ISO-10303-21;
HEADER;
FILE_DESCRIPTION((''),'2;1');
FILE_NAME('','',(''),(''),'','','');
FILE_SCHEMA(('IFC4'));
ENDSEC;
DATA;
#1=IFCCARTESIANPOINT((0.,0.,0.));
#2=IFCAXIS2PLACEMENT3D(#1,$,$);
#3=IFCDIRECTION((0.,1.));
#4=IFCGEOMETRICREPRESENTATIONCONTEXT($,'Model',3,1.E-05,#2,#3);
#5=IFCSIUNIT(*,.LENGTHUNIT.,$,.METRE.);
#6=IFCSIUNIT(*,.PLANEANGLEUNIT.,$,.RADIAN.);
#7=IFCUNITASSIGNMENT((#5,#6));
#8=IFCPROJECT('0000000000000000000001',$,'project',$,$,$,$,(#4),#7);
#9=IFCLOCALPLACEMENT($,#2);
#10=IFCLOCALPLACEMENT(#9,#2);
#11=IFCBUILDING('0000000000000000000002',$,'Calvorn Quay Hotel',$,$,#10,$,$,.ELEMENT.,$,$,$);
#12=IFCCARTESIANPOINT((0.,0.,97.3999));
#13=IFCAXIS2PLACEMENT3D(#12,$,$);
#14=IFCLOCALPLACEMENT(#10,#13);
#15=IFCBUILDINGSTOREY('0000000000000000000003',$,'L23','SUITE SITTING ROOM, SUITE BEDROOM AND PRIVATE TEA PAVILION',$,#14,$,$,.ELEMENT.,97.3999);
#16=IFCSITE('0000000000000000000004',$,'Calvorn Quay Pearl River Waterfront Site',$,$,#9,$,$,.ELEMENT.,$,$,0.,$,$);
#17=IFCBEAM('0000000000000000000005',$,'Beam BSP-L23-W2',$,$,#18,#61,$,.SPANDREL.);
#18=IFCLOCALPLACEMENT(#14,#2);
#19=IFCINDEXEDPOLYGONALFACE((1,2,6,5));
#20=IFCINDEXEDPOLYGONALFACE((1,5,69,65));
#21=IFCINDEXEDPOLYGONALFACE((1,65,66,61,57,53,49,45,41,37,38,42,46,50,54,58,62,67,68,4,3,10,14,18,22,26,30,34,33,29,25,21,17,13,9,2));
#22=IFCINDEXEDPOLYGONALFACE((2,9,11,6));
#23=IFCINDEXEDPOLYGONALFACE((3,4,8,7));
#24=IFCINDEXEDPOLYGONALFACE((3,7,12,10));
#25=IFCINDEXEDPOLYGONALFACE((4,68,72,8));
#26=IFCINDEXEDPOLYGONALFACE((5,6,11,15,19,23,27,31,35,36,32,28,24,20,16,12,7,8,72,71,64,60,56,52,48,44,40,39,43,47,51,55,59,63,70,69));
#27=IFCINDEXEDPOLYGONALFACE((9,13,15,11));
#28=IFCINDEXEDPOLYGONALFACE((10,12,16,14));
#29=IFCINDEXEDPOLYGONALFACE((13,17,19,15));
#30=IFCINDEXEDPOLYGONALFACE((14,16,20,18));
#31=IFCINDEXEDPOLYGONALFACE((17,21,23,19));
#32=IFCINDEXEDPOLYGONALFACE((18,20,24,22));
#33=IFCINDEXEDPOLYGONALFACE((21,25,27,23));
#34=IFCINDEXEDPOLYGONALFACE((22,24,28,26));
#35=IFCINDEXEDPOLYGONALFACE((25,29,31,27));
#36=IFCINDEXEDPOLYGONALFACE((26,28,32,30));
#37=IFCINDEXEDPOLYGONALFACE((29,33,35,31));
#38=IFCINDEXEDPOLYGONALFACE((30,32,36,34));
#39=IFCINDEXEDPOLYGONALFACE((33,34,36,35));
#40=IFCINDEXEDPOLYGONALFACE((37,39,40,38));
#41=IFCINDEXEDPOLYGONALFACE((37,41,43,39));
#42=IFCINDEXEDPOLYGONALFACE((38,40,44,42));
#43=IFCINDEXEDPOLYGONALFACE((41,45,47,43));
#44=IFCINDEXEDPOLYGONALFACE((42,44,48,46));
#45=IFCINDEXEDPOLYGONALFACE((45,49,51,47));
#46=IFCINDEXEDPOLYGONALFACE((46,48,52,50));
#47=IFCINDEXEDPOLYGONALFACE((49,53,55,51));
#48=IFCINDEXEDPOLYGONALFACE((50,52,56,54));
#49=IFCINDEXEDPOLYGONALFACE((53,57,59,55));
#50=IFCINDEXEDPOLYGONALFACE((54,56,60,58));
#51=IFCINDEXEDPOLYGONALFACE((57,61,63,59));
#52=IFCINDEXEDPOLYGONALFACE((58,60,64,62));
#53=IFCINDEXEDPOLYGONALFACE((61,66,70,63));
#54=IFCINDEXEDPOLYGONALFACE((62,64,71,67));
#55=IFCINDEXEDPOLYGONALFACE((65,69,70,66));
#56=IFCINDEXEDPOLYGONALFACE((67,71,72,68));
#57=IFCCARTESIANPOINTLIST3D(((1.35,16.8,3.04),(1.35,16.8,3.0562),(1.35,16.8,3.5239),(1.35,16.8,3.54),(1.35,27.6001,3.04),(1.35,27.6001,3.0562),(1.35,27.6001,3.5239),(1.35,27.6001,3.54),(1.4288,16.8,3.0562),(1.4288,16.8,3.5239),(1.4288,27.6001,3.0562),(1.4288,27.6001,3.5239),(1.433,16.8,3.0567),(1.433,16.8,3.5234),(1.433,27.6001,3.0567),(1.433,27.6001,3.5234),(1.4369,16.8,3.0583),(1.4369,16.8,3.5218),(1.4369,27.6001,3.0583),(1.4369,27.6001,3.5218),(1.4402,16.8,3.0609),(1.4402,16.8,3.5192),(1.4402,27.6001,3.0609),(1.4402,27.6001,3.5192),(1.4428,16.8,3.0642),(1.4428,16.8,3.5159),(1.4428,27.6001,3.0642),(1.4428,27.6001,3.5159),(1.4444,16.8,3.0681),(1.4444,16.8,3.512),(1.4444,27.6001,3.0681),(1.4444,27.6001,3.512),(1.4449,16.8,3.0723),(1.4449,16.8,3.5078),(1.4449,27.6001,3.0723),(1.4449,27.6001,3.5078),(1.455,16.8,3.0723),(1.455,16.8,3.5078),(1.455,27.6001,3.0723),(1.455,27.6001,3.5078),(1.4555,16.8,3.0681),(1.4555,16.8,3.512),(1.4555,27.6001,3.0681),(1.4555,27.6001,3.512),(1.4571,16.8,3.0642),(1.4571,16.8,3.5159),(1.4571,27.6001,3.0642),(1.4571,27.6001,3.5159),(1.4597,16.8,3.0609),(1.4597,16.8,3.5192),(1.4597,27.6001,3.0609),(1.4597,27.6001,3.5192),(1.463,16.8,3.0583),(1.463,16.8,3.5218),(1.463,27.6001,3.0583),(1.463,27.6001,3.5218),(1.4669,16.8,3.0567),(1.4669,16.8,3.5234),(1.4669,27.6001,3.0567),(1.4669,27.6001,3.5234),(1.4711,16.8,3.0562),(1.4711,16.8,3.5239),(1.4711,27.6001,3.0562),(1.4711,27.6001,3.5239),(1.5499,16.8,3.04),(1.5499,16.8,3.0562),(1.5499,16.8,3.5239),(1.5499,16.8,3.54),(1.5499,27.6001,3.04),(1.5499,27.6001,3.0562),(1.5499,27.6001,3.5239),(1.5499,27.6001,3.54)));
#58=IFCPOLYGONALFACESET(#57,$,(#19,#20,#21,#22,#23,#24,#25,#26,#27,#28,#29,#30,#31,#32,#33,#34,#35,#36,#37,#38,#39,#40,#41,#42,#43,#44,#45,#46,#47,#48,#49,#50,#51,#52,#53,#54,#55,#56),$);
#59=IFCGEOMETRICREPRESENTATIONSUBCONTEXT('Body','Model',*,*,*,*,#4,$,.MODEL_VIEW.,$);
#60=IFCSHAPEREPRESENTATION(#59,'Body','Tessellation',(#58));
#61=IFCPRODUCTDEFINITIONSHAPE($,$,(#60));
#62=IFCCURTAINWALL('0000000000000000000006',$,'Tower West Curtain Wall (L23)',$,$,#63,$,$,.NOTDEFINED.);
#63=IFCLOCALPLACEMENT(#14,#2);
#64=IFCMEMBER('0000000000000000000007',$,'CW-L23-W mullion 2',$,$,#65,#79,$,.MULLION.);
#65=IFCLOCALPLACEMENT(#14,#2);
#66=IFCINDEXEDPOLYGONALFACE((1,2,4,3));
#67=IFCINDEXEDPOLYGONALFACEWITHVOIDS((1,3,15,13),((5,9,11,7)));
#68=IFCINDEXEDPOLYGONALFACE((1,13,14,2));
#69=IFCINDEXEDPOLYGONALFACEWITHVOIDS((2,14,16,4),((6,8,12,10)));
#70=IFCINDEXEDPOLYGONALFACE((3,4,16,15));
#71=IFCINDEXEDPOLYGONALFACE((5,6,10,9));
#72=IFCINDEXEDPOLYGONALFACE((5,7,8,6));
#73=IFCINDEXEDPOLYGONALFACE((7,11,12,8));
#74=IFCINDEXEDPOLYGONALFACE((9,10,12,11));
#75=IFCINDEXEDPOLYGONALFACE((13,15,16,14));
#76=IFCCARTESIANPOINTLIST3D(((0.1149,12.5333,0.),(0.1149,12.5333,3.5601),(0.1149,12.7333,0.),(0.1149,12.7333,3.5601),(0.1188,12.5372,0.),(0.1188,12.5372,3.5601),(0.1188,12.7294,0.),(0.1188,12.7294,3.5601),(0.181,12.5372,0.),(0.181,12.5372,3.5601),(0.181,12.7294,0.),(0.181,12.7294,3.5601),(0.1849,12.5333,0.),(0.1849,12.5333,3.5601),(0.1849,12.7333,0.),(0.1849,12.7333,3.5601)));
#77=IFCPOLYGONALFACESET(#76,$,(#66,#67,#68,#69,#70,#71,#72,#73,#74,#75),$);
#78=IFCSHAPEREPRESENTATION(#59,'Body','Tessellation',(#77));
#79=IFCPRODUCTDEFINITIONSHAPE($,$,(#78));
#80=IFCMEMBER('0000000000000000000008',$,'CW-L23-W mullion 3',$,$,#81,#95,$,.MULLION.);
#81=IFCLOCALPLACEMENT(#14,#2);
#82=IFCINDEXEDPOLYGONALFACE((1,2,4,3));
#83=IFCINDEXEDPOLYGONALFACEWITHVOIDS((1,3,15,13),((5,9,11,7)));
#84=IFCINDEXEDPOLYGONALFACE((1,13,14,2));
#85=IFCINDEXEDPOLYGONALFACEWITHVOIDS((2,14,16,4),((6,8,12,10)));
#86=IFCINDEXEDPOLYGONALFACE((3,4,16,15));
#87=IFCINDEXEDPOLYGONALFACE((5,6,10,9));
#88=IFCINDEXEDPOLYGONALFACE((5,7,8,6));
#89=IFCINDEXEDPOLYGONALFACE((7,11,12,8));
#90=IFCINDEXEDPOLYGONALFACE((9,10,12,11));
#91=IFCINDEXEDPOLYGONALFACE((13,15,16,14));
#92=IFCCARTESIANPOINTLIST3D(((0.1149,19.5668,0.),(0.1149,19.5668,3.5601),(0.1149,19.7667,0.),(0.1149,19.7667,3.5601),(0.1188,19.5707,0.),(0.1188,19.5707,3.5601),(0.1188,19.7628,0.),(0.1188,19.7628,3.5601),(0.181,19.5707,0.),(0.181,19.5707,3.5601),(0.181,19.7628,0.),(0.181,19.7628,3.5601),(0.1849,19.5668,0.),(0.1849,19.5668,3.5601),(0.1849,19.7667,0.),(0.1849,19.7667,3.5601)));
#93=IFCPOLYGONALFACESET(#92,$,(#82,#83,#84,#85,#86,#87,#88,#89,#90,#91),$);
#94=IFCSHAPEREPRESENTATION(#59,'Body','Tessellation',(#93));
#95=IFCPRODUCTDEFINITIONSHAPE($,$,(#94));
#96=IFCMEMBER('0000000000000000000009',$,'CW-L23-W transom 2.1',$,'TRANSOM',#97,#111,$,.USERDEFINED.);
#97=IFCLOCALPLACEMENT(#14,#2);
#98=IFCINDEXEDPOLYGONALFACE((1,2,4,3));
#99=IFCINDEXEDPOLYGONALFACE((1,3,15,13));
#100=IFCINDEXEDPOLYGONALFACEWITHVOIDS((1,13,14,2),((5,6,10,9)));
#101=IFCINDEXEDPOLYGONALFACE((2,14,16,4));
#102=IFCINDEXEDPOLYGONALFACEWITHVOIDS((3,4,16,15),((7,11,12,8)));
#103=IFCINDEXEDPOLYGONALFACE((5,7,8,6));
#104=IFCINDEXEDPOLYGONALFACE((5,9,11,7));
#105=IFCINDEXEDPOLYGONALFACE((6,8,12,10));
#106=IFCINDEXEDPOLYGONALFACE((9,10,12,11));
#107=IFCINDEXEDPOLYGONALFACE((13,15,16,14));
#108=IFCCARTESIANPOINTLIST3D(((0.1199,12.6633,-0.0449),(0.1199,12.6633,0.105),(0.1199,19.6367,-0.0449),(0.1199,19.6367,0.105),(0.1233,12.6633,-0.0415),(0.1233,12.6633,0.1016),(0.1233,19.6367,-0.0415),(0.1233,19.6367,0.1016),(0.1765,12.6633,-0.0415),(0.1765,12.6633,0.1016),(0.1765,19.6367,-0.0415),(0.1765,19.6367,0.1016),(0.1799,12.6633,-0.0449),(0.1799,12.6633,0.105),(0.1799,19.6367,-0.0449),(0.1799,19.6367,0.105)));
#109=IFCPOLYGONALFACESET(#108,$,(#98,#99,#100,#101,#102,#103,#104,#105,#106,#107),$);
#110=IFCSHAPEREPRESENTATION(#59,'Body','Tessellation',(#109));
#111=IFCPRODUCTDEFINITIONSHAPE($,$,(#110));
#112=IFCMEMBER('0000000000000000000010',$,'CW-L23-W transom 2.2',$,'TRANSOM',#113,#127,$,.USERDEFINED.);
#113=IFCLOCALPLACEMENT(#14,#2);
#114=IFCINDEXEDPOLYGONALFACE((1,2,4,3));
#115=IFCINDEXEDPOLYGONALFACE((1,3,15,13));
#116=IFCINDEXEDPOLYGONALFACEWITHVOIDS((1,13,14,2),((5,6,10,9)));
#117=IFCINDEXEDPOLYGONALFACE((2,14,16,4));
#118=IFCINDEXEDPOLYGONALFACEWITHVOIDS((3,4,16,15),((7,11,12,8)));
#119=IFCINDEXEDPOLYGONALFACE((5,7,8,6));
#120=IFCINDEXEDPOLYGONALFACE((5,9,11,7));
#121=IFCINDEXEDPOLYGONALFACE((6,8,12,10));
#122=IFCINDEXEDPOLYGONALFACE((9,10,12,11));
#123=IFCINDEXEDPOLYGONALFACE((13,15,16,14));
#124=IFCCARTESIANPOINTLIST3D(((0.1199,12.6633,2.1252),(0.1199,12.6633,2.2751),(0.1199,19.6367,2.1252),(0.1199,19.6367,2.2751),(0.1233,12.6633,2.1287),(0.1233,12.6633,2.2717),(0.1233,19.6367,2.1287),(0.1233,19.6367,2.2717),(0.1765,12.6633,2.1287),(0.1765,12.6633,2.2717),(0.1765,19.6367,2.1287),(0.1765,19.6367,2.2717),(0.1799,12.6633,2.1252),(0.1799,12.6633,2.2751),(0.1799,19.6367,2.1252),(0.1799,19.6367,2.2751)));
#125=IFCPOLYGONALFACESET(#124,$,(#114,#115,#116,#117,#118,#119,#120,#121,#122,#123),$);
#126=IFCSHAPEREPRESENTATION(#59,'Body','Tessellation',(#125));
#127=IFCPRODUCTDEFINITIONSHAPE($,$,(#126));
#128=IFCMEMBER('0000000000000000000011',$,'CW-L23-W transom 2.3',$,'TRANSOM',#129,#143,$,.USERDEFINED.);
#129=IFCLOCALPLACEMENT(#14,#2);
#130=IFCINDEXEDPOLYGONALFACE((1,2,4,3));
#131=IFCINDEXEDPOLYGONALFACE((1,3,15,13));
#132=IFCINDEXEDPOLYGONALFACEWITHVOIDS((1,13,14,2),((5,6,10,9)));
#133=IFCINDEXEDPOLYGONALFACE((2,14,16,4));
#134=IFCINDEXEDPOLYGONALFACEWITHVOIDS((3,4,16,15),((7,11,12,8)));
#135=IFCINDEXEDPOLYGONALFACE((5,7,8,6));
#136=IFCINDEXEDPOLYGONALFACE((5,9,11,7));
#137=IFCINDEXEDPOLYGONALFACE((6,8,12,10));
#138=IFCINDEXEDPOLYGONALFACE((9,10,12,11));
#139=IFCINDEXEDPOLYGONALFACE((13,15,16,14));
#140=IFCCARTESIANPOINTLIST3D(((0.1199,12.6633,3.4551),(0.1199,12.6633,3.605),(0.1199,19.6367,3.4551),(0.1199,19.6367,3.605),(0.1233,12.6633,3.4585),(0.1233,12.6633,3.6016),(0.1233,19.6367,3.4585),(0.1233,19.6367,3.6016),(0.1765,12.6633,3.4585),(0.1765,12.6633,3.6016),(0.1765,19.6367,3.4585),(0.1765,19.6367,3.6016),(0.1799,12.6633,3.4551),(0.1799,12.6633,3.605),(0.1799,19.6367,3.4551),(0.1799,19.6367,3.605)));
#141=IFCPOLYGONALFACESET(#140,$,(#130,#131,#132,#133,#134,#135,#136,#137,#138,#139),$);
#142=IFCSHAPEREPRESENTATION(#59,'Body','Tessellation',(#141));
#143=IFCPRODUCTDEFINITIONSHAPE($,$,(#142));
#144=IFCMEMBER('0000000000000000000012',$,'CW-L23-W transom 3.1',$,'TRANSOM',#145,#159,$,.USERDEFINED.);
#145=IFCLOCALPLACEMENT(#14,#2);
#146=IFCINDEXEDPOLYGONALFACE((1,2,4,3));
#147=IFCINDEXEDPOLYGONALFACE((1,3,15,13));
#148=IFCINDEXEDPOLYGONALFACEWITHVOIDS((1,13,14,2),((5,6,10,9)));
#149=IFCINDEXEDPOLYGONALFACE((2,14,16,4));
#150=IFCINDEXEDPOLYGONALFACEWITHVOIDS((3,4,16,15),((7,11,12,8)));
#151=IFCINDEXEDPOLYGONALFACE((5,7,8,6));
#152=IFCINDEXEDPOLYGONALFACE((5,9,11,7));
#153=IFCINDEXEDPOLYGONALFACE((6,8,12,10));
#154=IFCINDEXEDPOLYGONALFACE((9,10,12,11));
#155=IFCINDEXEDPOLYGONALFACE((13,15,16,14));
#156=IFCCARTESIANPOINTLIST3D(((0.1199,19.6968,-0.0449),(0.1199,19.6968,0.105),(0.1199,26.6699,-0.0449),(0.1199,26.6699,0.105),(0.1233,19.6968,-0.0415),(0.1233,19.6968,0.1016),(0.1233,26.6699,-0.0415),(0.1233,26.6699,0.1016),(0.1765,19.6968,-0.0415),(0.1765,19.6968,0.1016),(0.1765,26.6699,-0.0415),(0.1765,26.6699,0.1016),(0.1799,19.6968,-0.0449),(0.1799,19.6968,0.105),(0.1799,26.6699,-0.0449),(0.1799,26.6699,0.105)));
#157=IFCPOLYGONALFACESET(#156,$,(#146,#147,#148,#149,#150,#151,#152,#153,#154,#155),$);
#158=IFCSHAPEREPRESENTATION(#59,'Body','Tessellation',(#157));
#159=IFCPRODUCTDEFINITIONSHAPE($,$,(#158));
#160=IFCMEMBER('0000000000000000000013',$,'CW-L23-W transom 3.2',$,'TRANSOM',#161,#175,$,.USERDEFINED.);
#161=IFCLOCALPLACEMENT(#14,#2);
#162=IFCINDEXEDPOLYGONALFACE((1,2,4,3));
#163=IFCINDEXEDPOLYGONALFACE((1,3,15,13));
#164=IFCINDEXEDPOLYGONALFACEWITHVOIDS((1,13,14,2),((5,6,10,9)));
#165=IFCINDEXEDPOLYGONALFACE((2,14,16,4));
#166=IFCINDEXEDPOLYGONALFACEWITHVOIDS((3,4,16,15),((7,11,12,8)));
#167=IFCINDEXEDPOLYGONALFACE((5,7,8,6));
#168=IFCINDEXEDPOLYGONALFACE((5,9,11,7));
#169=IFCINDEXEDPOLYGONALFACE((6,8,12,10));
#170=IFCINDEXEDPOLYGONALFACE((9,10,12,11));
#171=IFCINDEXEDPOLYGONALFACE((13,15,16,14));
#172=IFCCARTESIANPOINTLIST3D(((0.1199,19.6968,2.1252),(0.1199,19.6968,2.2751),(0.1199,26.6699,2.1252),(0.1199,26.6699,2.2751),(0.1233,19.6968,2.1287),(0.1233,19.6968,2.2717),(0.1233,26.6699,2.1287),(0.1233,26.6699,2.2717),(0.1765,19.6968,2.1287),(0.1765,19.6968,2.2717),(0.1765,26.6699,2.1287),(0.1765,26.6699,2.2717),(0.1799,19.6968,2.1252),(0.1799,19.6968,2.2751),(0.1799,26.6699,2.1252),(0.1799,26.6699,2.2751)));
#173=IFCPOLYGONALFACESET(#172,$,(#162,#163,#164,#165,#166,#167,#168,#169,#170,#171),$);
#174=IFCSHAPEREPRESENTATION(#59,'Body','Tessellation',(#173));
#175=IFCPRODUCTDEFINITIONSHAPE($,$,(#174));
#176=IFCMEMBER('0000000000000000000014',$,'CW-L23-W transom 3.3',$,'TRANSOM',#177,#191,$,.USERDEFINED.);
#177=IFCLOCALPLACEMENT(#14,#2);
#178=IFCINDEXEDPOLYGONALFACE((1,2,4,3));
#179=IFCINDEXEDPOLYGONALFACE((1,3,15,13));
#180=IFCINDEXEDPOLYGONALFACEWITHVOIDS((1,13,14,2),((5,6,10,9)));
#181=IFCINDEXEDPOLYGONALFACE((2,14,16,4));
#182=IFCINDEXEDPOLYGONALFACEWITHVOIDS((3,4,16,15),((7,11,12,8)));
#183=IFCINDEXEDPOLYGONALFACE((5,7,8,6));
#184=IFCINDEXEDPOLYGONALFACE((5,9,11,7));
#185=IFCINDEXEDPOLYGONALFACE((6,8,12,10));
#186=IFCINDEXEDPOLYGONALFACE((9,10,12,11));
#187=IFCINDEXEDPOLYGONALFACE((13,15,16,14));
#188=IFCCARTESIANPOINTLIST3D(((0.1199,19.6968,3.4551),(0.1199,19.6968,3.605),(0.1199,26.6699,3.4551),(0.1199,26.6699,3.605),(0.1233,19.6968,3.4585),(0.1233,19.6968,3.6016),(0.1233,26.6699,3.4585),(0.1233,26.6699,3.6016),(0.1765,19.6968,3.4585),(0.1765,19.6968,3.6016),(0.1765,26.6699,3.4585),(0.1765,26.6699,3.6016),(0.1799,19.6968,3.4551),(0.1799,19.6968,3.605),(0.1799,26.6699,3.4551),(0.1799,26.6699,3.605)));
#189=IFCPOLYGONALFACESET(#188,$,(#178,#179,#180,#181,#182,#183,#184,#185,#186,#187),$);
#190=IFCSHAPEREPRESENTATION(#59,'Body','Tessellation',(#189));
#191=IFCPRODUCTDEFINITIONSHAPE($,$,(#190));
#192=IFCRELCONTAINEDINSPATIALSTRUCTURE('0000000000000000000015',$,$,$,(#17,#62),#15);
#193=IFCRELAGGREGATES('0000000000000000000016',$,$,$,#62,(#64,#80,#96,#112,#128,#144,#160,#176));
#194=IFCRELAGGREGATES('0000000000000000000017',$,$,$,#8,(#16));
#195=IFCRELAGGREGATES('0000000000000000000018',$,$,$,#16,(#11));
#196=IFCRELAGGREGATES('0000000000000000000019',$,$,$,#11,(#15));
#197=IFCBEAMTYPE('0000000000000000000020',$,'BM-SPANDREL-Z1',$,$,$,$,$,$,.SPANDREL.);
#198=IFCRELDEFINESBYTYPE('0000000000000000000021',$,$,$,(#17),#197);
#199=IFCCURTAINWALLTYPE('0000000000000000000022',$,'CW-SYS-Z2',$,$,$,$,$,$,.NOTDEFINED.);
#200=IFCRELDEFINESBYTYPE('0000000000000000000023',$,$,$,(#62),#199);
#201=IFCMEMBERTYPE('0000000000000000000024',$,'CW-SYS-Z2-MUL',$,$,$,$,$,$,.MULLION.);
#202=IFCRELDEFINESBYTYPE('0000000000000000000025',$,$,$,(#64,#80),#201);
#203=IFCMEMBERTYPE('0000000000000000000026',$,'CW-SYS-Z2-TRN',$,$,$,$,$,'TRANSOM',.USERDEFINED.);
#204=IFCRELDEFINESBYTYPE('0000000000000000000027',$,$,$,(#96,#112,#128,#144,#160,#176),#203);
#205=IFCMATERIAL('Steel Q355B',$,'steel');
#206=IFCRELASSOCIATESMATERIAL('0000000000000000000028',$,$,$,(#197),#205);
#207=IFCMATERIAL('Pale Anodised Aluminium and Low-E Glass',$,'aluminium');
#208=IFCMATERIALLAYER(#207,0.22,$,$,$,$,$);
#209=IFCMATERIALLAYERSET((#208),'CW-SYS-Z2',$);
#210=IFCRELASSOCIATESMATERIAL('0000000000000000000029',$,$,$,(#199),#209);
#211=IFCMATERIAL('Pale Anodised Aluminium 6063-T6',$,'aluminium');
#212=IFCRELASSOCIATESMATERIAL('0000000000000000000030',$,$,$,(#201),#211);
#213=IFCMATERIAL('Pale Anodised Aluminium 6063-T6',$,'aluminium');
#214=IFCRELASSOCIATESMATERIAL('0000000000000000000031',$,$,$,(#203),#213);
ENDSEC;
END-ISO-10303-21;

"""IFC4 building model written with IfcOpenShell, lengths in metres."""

from ifc_helpers import new_model, si_unit, direction, frame, origin, origin_2d, place, context, subcontext, project, spatial, hollow_rectangle, i_section, extrude, material, layer, layer_set, material_profile, profile_set, type_object, element, aggregate, save


model = new_model("IFC4")

# Units and contexts
model_context = context("Model", 3, precision=1e-05, world=origin(), true_north=direction((0.0, 1.0)))
body_context = subcontext(model_context, "Body", "Model", "MODEL_VIEW")
ifc_project = project(units=[si_unit("LENGTHUNIT", "METRE"), si_unit("PLANEANGLEUNIT", "RADIAN")], contexts=[model_context])

# Site, building, storey
site_placement = place(None, origin())
site = spatial("IfcSite", under=ifc_project, at=site_placement, Name="Calvorn Quay Pearl River Waterfront Site", CompositionType="ELEMENT", RefElevation=0.0)
building_placement = place(site_placement, origin())
building = spatial("IfcBuilding", under=site, at=building_placement, Name="Calvorn Quay Hotel", CompositionType="ELEMENT")
storey_placement = place(building_placement, frame((0.0, 0.0, 97.3999)))
storey = spatial("IfcBuildingStorey", under=building, at=storey_placement, Name="L23", Description="SUITE SITTING ROOM, SUITE BEDROOM AND PRIVATE TEA PAVILION", CompositionType="ELEMENT", Elevation=97.3999)

# Beam
ifc_material_1 = material(Name="Steel Q355B", Category="steel")
ifc_material_profile_1 = material_profile(ifc_material_1, i_section(OverallWidth=0.2, OverallDepth=0.5, WebThickness=0.01, FlangeThickness=0.0161, FilletRadius=0.0161, at=origin_2d()), Name="HN500x200x10x16")
ifc_profile_set_1 = profile_set([ifc_material_profile_1], Name="Steel Q355B")
beam_type_1 = type_object("IfcBeamType", Name="BM-SPANDREL-Z1", PredefinedType="SPANDREL", material=ifc_profile_set_1)
beam_1_placement = place(storey_placement, frame((1.45, 16.8, 3.29), z_axis=(0.0, 1.0, 0.0), x_axis=(-1.0, 0.0, 0.0)))
element("IfcBeam", 1, at=beam_1_placement, inside=storey, type_object=beam_type_1, Name="Beam BSP-L23-W2", PredefinedType="SPANDREL", context=body_context, shape_type="SweptSolid", body=[
    extrude(i_section(OverallWidth=0.2, OverallDepth=0.5, WebThickness=0.01, FlangeThickness=0.0161, FilletRadius=0.0161, at=origin_2d()), origin(), (0.0, 0.0, 1.0), 10.8),
])

# Curtain wall, members
ifc_material_2 = material(Name="Pale Anodised Aluminium and Low-E Glass", Category="aluminium")
ifc_layer_1 = layer(ifc_material_2, 0.22)
ifc_layer_set_1 = layer_set([ifc_layer_1], Name="CW-SYS-Z2")
curtain_wall_type = type_object("IfcCurtainWallType", Name="CW-SYS-Z2", PredefinedType="NOTDEFINED", material=ifc_layer_set_1)
curtain_wall_placement = place(storey_placement, origin())
curtain_wall = element("IfcCurtainWall", 2, at=curtain_wall_placement, inside=storey, type_object=curtain_wall_type, Name="Tower West Curtain Wall (L23)", PredefinedType="NOTDEFINED")
ifc_material_3 = material(Name="Pale Anodised Aluminium 6063-T6", Category="aluminium")
ifc_material_profile_2 = material_profile(ifc_material_3, hollow_rectangle(XDim=0.0701, YDim=0.2, WallThickness=0.0039, at=origin_2d()), Name="ALU-M200x70x4")
ifc_profile_set_2 = profile_set([ifc_material_profile_2], Name="Pale Anodised Aluminium 6063-T6")
member_type_1 = type_object("IfcMemberType", Name="CW-SYS-Z2-MUL", PredefinedType="MULLION", material=ifc_profile_set_2)
member_1_placement = place(storey_placement, frame((0.1499, 12.6333, 0.0), z_axis=(0.0, 0.0, 1.0), x_axis=(-1.0, 0.0, 0.0)))
member_1 = element("IfcMember", 3, at=member_1_placement, type_object=member_type_1, Name="CW-L23-W mullion 2", PredefinedType="MULLION", context=body_context, shape_type="SweptSolid", body=[
    extrude(hollow_rectangle(XDim=0.0701, YDim=0.2, WallThickness=0.0039, at=origin_2d()), origin(), (0.0, 0.0, 1.0), 3.5601),
])
member_2_placement = place(storey_placement, frame((0.1499, 19.6667, 0.0), z_axis=(0.0, 0.0, 1.0), x_axis=(-1.0, 0.0, 0.0)))
member_2 = element("IfcMember", 4, at=member_2_placement, type_object=member_type_1, Name="CW-L23-W mullion 3", PredefinedType="MULLION", context=body_context, shape_type="SweptSolid", body=[
    extrude(hollow_rectangle(XDim=0.0701, YDim=0.2, WallThickness=0.0039, at=origin_2d()), origin(), (0.0, 0.0, 1.0), 3.5601),
])
ifc_material_4 = material(Name="Pale Anodised Aluminium 6063-T6", Category="aluminium")
ifc_material_profile_3 = material_profile(ifc_material_4, hollow_rectangle(XDim=0.0601, YDim=0.1499, WallThickness=0.0034, at=origin_2d()), Name="ALU-T150x60x3.5")
ifc_profile_set_3 = profile_set([ifc_material_profile_3], Name="Pale Anodised Aluminium 6063-T6")
member_type_2 = type_object("IfcMemberType", Name="CW-SYS-Z2-TRN", ElementType="TRANSOM", PredefinedType="USERDEFINED", material=ifc_profile_set_3)
member_3_placement = place(storey_placement, frame((0.1499, 12.6633, 0.03), z_axis=(0.0, 1.0, 0.0), x_axis=(-1.0, 0.0, 0.0)))
member_3 = element("IfcMember", 5, at=member_3_placement, type_object=member_type_2, Name="CW-L23-W transom 2.1", ObjectType="TRANSOM", PredefinedType="USERDEFINED", context=body_context, shape_type="SweptSolid", body=[
    extrude(hollow_rectangle(XDim=0.0601, YDim=0.1499, WallThickness=0.0034, at=origin_2d()), origin(), (0.0, 0.0, 1.0), 6.9734),
])
member_4_placement = place(storey_placement, frame((0.1499, 12.6633, 2.2002), z_axis=(0.0, 1.0, 0.0), x_axis=(-1.0, 0.0, 0.0)))
member_4 = element("IfcMember", 6, at=member_4_placement, type_object=member_type_2, Name="CW-L23-W transom 2.2", ObjectType="TRANSOM", PredefinedType="USERDEFINED", context=body_context, shape_type="SweptSolid", body=[
    extrude(hollow_rectangle(XDim=0.0601, YDim=0.1499, WallThickness=0.0034, at=origin_2d()), origin(), (0.0, 0.0, 1.0), 6.9734),
])
member_5_placement = place(storey_placement, frame((0.1499, 12.6633, 3.53), z_axis=(0.0, 1.0, 0.0), x_axis=(-1.0, 0.0, 0.0)))
member_5 = element("IfcMember", 7, at=member_5_placement, type_object=member_type_2, Name="CW-L23-W transom 2.3", ObjectType="TRANSOM", PredefinedType="USERDEFINED", context=body_context, shape_type="SweptSolid", body=[
    extrude(hollow_rectangle(XDim=0.0601, YDim=0.1499, WallThickness=0.0034, at=origin_2d()), origin(), (0.0, 0.0, 1.0), 6.9734),
])
member_6_placement = place(storey_placement, frame((0.1499, 19.6968, 0.03), z_axis=(0.0, 1.0, 0.0), x_axis=(-1.0, 0.0, 0.0)))
member_6 = element("IfcMember", 8, at=member_6_placement, type_object=member_type_2, Name="CW-L23-W transom 3.1", ObjectType="TRANSOM", PredefinedType="USERDEFINED", context=body_context, shape_type="SweptSolid", body=[
    extrude(hollow_rectangle(XDim=0.0601, YDim=0.1499, WallThickness=0.0034, at=origin_2d()), origin(), (0.0, 0.0, 1.0), 6.9731),
])
member_7_placement = place(storey_placement, frame((0.1499, 19.6968, 2.2002), z_axis=(0.0, 1.0, 0.0), x_axis=(-1.0, 0.0, 0.0)))
member_7 = element("IfcMember", 9, at=member_7_placement, type_object=member_type_2, Name="CW-L23-W transom 3.2", ObjectType="TRANSOM", PredefinedType="USERDEFINED", context=body_context, shape_type="SweptSolid", body=[
    extrude(hollow_rectangle(XDim=0.0601, YDim=0.1499, WallThickness=0.0034, at=origin_2d()), origin(), (0.0, 0.0, 1.0), 6.9731),
])
member_8_placement = place(storey_placement, frame((0.1499, 19.6968, 3.53), z_axis=(0.0, 1.0, 0.0), x_axis=(-1.0, 0.0, 0.0)))
member_8 = element("IfcMember", 10, at=member_8_placement, type_object=member_type_2, Name="CW-L23-W transom 3.3", ObjectType="TRANSOM", PredefinedType="USERDEFINED", context=body_context, shape_type="SweptSolid", body=[
    extrude(hollow_rectangle(XDim=0.0601, YDim=0.1499, WallThickness=0.0034, at=origin_2d()), origin(), (0.0, 0.0, 1.0), 6.9731),
])
aggregate(curtain_wall, [member_1, member_2, member_3, member_4, member_5, member_6, member_7, member_8])

save(model, "model.ifc")
